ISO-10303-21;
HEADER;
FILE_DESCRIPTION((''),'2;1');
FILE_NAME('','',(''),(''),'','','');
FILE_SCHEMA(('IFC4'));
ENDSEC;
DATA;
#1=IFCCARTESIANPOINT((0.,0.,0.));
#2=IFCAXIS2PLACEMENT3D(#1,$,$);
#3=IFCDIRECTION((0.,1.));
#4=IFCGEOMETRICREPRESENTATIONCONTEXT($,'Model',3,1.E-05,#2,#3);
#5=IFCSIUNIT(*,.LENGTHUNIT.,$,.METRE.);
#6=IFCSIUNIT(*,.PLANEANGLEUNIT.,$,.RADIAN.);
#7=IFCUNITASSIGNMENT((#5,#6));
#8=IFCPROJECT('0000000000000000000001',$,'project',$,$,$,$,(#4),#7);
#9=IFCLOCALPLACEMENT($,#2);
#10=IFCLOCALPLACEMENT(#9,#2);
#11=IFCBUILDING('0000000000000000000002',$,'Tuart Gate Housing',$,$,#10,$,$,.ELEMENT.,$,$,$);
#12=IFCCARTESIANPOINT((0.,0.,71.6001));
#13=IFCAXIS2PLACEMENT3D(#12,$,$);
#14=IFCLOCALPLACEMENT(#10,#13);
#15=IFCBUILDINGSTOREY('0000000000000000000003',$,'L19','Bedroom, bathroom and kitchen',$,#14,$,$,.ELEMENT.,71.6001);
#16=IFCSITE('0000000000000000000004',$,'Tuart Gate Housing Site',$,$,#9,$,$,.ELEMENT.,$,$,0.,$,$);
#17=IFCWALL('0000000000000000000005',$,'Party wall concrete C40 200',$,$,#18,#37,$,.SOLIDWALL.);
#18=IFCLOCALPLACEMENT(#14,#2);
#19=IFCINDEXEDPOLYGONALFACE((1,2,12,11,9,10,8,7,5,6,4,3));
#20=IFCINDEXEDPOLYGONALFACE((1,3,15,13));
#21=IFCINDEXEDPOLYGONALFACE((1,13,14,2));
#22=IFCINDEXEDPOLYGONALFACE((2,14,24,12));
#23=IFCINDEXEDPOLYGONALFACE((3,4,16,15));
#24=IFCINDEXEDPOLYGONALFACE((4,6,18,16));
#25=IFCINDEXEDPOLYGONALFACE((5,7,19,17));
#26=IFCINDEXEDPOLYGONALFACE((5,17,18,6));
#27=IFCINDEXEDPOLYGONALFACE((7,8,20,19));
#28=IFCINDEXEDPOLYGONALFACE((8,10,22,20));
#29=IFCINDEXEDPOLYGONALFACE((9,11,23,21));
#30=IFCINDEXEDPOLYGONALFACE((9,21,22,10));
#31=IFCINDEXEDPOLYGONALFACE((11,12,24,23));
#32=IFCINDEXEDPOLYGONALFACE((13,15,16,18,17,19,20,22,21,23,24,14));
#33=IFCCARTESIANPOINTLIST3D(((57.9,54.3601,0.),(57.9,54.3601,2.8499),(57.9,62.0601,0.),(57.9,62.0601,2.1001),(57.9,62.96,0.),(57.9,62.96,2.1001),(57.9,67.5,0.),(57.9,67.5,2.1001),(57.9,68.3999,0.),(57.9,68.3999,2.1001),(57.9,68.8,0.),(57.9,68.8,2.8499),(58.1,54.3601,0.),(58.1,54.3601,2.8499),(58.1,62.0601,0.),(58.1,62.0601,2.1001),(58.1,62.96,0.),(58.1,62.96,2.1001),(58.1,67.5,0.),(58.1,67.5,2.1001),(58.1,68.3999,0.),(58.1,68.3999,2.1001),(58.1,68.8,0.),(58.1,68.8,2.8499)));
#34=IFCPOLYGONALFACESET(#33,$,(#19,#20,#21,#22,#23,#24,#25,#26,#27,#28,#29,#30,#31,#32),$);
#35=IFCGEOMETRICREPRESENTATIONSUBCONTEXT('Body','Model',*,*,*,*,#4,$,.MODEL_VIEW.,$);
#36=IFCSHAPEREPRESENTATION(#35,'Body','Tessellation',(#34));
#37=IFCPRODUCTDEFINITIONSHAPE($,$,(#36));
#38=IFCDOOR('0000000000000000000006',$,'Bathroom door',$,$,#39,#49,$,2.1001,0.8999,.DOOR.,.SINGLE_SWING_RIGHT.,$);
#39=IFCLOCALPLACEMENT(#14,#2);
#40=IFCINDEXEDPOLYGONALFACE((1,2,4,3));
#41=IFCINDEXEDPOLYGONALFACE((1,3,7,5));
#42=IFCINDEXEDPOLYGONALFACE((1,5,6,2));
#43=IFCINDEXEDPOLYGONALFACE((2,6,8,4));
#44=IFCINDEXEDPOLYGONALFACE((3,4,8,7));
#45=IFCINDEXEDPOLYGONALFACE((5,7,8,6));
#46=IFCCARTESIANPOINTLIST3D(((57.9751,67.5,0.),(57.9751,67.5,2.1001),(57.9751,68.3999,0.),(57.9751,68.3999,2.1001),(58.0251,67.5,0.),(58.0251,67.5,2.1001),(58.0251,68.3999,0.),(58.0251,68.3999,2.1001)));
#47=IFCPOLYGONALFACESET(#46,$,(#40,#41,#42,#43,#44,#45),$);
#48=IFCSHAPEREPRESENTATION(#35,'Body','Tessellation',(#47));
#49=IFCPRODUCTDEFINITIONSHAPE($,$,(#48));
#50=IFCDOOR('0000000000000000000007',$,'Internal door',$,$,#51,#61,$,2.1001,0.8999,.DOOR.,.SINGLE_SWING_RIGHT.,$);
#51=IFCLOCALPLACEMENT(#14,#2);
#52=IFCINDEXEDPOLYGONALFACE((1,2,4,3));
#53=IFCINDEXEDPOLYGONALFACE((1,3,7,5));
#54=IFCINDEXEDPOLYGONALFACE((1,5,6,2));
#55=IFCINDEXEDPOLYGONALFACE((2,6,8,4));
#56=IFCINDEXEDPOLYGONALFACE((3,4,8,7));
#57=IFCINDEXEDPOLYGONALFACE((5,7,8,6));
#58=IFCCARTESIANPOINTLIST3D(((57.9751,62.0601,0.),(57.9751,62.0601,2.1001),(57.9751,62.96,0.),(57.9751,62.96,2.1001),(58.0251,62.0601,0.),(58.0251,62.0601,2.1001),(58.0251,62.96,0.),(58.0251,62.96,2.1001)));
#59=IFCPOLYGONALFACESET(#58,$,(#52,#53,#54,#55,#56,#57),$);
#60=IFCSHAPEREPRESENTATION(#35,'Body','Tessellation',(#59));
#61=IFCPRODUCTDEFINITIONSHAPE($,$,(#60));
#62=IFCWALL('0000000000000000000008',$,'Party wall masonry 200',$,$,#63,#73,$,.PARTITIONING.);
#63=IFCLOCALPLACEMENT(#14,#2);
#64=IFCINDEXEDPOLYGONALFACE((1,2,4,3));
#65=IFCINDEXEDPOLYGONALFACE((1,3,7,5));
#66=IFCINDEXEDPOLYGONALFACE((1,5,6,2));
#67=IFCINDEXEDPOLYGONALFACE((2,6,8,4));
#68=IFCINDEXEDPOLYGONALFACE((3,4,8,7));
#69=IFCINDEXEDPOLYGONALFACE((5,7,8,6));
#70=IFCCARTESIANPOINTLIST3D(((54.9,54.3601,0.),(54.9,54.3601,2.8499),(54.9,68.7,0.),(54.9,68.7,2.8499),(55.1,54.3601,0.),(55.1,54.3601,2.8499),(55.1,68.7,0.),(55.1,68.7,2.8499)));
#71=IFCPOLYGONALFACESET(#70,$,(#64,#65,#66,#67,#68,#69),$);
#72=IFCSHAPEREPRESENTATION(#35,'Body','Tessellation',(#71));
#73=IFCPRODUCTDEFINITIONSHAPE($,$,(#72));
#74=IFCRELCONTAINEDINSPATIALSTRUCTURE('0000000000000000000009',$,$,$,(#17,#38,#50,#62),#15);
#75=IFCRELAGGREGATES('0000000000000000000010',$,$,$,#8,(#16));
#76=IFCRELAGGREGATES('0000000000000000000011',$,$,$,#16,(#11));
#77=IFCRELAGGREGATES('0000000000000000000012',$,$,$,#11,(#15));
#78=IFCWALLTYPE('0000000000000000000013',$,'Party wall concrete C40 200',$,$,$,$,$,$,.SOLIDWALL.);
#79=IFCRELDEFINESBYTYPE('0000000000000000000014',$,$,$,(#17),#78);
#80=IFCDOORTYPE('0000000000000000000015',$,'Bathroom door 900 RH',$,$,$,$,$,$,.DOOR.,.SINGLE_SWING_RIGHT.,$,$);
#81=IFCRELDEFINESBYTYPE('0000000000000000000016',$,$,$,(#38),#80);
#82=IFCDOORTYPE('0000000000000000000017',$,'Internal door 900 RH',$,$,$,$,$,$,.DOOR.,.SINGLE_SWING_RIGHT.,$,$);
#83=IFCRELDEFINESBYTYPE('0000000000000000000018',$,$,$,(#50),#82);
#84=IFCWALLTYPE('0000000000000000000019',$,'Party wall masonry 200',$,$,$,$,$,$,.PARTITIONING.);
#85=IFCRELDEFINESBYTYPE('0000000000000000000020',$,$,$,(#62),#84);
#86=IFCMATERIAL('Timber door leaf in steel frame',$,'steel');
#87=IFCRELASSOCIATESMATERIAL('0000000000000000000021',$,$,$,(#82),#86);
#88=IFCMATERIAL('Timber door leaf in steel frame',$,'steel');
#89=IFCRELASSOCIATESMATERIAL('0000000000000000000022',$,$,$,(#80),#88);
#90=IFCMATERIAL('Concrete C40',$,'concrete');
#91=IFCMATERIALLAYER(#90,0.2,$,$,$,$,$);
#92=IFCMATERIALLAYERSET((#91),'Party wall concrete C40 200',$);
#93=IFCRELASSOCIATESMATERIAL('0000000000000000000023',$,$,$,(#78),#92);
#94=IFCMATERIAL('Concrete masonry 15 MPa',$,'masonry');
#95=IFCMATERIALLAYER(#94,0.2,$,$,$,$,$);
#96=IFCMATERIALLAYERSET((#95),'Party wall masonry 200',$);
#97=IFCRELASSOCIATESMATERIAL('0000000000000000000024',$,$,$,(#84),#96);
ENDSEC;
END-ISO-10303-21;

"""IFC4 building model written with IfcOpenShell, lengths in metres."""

from ifc_helpers import new_model, si_unit, direction, frame, frame_2d, origin, place, context, subcontext, project, spatial, rectangle, extrude, material, layer, layer_set, type_object, element, fill, save


model = new_model("IFC4")

# Units and contexts
model_context = context("Model", 3, precision=1e-05, world=origin(), true_north=direction((0.0, 1.0)))
body_context = subcontext(model_context, "Body", "Model", "MODEL_VIEW")
ifc_project = project(units=[si_unit("LENGTHUNIT", "METRE"), si_unit("PLANEANGLEUNIT", "RADIAN")], contexts=[model_context])

# Site, building, storey
site_placement = place(None, origin())
site = spatial("IfcSite", under=ifc_project, at=site_placement, Name="Tuart Gate Housing Site", CompositionType="ELEMENT", RefElevation=0.0)
building_placement = place(site_placement, origin())
building = spatial("IfcBuilding", under=site, at=building_placement, Name="Tuart Gate Housing", CompositionType="ELEMENT")
storey_placement = place(building_placement, frame((0.0, 0.0, 71.6001)))
storey = spatial("IfcBuildingStorey", under=building, at=storey_placement, Name="L19", Description="Bedroom, bathroom and kitchen", CompositionType="ELEMENT", Elevation=71.6001)

# Shared definitions
ifc_material_1 = material(Name="Timber door leaf in steel frame", Category="steel")
door_type_1 = type_object("IfcDoorType", Name="Internal door 900 RH", OperationType="SINGLE_SWING_RIGHT", PredefinedType="DOOR", material=ifc_material_1)

# Shared definitions
ifc_material_2 = material(Name="Timber door leaf in steel frame", Category="steel")
door_type_2 = type_object("IfcDoorType", Name="Bathroom door 900 RH", OperationType="SINGLE_SWING_RIGHT", PredefinedType="DOOR", material=ifc_material_2)

# Shared definitions
ifc_material_3 = material(Name="Concrete C40", Category="concrete")
ifc_layer_1 = layer(ifc_material_3, 0.2)
ifc_layer_set_1 = layer_set([ifc_layer_1], Name="Party wall concrete C40 200")
wall_type_1 = type_object("IfcWallType", Name="Party wall concrete C40 200", PredefinedType="SOLIDWALL", material=ifc_layer_set_1)

# Wall, openings, doors
wall_1_placement = place(storey_placement, frame((58.0, 54.3601, 0.0), z_axis=(0.0, 0.0, 1.0), x_axis=(0.0, 1.0, 0.0)))
wall_1 = element("IfcWall", 1, at=wall_1_placement, inside=storey, type_object=wall_type_1, Name="Party wall concrete C40 200", PredefinedType="SOLIDWALL", context=body_context, shape_type="SweptSolid", body=[
    extrude(rectangle(XDim=14.4399, YDim=0.2, at=frame_2d((7.22, 0.0))), origin(), (0.0, 0.0, 1.0), 2.8499),
])
opening_1_placement = place(wall_1_placement, frame((7.7, 0.0, 0.0)))
opening_1 = element("IfcOpeningElement", 2, at=opening_1_placement, cuts=wall_1, PredefinedType="OPENING", context=body_context, shape_type="SweptSolid", body=[
    extrude(rectangle(XDim=0.8999, YDim=2.1001, at=frame_2d((0.45, 1.05))), frame((0.0, 0.1099, 0.0), z_axis=(0.0, -1.0, 0.0), x_axis=(1.0, 0.0, 0.0)), (0.0, 0.0, 1.0), 0.22),
])
opening_2_placement = place(wall_1_placement, frame((13.1399, 0.0, 0.0)))
opening_2 = element("IfcOpeningElement", 3, at=opening_2_placement, cuts=wall_1, PredefinedType="OPENING", context=body_context, shape_type="SweptSolid", body=[
    extrude(rectangle(XDim=0.8999, YDim=2.1001, at=frame_2d((0.45, 1.05))), frame((0.0, 0.1099, 0.0), z_axis=(0.0, -1.0, 0.0), x_axis=(1.0, 0.0, 0.0)), (0.0, 0.0, 1.0), 0.22),
])
door_1_placement = place(opening_2_placement, origin())
door_1 = element("IfcDoor", 4, at=door_1_placement, inside=storey, type_object=door_type_2, Name="Bathroom door", OperationType="SINGLE_SWING_RIGHT", OverallHeight=2.1001, OverallWidth=0.8999, PredefinedType="DOOR", context=body_context, shape_type="SweptSolid", body=[
    extrude(rectangle(XDim=0.8999, YDim=2.1001, at=frame_2d((0.45, 1.05))), frame((0.0, 0.0249, 0.0), z_axis=(0.0, -1.0, 0.0), x_axis=(1.0, 0.0, 0.0)), (0.0, 0.0, 1.0), 0.05),
])
fill(opening_2, door_1)
door_2_placement = place(opening_1_placement, origin())
door_2 = element("IfcDoor", 5, at=door_2_placement, inside=storey, type_object=door_type_1, Name="Internal door", OperationType="SINGLE_SWING_RIGHT", OverallHeight=2.1001, OverallWidth=0.8999, PredefinedType="DOOR", context=body_context, shape_type="SweptSolid", body=[
    extrude(rectangle(XDim=0.8999, YDim=2.1001, at=frame_2d((0.45, 1.05))), frame((0.0, 0.0249, 0.0), z_axis=(0.0, -1.0, 0.0), x_axis=(1.0, 0.0, 0.0)), (0.0, 0.0, 1.0), 0.05),
])
fill(opening_1, door_2)

# Wall
ifc_material_4 = material(Name="Concrete masonry 15 MPa", Category="masonry")
ifc_layer_2 = layer(ifc_material_4, 0.2)
ifc_layer_set_2 = layer_set([ifc_layer_2], Name="Party wall masonry 200")
wall_type_2 = type_object("IfcWallType", Name="Party wall masonry 200", PredefinedType="PARTITIONING", material=ifc_layer_set_2)
wall_2_placement = place(storey_placement, frame((55.0, 54.3601, 0.0), z_axis=(0.0, 0.0, 1.0), x_axis=(0.0, 1.0, 0.0)))
element("IfcWall", 6, at=wall_2_placement, inside=storey, type_object=wall_type_2, Name="Party wall masonry 200", PredefinedType="PARTITIONING", context=body_context, shape_type="SweptSolid", body=[
    extrude(rectangle(XDim=14.3398, YDim=0.2, at=frame_2d((7.1699, 0.0))), origin(), (0.0, 0.0, 1.0), 2.8499),
])

save(model, "model.ifc")
